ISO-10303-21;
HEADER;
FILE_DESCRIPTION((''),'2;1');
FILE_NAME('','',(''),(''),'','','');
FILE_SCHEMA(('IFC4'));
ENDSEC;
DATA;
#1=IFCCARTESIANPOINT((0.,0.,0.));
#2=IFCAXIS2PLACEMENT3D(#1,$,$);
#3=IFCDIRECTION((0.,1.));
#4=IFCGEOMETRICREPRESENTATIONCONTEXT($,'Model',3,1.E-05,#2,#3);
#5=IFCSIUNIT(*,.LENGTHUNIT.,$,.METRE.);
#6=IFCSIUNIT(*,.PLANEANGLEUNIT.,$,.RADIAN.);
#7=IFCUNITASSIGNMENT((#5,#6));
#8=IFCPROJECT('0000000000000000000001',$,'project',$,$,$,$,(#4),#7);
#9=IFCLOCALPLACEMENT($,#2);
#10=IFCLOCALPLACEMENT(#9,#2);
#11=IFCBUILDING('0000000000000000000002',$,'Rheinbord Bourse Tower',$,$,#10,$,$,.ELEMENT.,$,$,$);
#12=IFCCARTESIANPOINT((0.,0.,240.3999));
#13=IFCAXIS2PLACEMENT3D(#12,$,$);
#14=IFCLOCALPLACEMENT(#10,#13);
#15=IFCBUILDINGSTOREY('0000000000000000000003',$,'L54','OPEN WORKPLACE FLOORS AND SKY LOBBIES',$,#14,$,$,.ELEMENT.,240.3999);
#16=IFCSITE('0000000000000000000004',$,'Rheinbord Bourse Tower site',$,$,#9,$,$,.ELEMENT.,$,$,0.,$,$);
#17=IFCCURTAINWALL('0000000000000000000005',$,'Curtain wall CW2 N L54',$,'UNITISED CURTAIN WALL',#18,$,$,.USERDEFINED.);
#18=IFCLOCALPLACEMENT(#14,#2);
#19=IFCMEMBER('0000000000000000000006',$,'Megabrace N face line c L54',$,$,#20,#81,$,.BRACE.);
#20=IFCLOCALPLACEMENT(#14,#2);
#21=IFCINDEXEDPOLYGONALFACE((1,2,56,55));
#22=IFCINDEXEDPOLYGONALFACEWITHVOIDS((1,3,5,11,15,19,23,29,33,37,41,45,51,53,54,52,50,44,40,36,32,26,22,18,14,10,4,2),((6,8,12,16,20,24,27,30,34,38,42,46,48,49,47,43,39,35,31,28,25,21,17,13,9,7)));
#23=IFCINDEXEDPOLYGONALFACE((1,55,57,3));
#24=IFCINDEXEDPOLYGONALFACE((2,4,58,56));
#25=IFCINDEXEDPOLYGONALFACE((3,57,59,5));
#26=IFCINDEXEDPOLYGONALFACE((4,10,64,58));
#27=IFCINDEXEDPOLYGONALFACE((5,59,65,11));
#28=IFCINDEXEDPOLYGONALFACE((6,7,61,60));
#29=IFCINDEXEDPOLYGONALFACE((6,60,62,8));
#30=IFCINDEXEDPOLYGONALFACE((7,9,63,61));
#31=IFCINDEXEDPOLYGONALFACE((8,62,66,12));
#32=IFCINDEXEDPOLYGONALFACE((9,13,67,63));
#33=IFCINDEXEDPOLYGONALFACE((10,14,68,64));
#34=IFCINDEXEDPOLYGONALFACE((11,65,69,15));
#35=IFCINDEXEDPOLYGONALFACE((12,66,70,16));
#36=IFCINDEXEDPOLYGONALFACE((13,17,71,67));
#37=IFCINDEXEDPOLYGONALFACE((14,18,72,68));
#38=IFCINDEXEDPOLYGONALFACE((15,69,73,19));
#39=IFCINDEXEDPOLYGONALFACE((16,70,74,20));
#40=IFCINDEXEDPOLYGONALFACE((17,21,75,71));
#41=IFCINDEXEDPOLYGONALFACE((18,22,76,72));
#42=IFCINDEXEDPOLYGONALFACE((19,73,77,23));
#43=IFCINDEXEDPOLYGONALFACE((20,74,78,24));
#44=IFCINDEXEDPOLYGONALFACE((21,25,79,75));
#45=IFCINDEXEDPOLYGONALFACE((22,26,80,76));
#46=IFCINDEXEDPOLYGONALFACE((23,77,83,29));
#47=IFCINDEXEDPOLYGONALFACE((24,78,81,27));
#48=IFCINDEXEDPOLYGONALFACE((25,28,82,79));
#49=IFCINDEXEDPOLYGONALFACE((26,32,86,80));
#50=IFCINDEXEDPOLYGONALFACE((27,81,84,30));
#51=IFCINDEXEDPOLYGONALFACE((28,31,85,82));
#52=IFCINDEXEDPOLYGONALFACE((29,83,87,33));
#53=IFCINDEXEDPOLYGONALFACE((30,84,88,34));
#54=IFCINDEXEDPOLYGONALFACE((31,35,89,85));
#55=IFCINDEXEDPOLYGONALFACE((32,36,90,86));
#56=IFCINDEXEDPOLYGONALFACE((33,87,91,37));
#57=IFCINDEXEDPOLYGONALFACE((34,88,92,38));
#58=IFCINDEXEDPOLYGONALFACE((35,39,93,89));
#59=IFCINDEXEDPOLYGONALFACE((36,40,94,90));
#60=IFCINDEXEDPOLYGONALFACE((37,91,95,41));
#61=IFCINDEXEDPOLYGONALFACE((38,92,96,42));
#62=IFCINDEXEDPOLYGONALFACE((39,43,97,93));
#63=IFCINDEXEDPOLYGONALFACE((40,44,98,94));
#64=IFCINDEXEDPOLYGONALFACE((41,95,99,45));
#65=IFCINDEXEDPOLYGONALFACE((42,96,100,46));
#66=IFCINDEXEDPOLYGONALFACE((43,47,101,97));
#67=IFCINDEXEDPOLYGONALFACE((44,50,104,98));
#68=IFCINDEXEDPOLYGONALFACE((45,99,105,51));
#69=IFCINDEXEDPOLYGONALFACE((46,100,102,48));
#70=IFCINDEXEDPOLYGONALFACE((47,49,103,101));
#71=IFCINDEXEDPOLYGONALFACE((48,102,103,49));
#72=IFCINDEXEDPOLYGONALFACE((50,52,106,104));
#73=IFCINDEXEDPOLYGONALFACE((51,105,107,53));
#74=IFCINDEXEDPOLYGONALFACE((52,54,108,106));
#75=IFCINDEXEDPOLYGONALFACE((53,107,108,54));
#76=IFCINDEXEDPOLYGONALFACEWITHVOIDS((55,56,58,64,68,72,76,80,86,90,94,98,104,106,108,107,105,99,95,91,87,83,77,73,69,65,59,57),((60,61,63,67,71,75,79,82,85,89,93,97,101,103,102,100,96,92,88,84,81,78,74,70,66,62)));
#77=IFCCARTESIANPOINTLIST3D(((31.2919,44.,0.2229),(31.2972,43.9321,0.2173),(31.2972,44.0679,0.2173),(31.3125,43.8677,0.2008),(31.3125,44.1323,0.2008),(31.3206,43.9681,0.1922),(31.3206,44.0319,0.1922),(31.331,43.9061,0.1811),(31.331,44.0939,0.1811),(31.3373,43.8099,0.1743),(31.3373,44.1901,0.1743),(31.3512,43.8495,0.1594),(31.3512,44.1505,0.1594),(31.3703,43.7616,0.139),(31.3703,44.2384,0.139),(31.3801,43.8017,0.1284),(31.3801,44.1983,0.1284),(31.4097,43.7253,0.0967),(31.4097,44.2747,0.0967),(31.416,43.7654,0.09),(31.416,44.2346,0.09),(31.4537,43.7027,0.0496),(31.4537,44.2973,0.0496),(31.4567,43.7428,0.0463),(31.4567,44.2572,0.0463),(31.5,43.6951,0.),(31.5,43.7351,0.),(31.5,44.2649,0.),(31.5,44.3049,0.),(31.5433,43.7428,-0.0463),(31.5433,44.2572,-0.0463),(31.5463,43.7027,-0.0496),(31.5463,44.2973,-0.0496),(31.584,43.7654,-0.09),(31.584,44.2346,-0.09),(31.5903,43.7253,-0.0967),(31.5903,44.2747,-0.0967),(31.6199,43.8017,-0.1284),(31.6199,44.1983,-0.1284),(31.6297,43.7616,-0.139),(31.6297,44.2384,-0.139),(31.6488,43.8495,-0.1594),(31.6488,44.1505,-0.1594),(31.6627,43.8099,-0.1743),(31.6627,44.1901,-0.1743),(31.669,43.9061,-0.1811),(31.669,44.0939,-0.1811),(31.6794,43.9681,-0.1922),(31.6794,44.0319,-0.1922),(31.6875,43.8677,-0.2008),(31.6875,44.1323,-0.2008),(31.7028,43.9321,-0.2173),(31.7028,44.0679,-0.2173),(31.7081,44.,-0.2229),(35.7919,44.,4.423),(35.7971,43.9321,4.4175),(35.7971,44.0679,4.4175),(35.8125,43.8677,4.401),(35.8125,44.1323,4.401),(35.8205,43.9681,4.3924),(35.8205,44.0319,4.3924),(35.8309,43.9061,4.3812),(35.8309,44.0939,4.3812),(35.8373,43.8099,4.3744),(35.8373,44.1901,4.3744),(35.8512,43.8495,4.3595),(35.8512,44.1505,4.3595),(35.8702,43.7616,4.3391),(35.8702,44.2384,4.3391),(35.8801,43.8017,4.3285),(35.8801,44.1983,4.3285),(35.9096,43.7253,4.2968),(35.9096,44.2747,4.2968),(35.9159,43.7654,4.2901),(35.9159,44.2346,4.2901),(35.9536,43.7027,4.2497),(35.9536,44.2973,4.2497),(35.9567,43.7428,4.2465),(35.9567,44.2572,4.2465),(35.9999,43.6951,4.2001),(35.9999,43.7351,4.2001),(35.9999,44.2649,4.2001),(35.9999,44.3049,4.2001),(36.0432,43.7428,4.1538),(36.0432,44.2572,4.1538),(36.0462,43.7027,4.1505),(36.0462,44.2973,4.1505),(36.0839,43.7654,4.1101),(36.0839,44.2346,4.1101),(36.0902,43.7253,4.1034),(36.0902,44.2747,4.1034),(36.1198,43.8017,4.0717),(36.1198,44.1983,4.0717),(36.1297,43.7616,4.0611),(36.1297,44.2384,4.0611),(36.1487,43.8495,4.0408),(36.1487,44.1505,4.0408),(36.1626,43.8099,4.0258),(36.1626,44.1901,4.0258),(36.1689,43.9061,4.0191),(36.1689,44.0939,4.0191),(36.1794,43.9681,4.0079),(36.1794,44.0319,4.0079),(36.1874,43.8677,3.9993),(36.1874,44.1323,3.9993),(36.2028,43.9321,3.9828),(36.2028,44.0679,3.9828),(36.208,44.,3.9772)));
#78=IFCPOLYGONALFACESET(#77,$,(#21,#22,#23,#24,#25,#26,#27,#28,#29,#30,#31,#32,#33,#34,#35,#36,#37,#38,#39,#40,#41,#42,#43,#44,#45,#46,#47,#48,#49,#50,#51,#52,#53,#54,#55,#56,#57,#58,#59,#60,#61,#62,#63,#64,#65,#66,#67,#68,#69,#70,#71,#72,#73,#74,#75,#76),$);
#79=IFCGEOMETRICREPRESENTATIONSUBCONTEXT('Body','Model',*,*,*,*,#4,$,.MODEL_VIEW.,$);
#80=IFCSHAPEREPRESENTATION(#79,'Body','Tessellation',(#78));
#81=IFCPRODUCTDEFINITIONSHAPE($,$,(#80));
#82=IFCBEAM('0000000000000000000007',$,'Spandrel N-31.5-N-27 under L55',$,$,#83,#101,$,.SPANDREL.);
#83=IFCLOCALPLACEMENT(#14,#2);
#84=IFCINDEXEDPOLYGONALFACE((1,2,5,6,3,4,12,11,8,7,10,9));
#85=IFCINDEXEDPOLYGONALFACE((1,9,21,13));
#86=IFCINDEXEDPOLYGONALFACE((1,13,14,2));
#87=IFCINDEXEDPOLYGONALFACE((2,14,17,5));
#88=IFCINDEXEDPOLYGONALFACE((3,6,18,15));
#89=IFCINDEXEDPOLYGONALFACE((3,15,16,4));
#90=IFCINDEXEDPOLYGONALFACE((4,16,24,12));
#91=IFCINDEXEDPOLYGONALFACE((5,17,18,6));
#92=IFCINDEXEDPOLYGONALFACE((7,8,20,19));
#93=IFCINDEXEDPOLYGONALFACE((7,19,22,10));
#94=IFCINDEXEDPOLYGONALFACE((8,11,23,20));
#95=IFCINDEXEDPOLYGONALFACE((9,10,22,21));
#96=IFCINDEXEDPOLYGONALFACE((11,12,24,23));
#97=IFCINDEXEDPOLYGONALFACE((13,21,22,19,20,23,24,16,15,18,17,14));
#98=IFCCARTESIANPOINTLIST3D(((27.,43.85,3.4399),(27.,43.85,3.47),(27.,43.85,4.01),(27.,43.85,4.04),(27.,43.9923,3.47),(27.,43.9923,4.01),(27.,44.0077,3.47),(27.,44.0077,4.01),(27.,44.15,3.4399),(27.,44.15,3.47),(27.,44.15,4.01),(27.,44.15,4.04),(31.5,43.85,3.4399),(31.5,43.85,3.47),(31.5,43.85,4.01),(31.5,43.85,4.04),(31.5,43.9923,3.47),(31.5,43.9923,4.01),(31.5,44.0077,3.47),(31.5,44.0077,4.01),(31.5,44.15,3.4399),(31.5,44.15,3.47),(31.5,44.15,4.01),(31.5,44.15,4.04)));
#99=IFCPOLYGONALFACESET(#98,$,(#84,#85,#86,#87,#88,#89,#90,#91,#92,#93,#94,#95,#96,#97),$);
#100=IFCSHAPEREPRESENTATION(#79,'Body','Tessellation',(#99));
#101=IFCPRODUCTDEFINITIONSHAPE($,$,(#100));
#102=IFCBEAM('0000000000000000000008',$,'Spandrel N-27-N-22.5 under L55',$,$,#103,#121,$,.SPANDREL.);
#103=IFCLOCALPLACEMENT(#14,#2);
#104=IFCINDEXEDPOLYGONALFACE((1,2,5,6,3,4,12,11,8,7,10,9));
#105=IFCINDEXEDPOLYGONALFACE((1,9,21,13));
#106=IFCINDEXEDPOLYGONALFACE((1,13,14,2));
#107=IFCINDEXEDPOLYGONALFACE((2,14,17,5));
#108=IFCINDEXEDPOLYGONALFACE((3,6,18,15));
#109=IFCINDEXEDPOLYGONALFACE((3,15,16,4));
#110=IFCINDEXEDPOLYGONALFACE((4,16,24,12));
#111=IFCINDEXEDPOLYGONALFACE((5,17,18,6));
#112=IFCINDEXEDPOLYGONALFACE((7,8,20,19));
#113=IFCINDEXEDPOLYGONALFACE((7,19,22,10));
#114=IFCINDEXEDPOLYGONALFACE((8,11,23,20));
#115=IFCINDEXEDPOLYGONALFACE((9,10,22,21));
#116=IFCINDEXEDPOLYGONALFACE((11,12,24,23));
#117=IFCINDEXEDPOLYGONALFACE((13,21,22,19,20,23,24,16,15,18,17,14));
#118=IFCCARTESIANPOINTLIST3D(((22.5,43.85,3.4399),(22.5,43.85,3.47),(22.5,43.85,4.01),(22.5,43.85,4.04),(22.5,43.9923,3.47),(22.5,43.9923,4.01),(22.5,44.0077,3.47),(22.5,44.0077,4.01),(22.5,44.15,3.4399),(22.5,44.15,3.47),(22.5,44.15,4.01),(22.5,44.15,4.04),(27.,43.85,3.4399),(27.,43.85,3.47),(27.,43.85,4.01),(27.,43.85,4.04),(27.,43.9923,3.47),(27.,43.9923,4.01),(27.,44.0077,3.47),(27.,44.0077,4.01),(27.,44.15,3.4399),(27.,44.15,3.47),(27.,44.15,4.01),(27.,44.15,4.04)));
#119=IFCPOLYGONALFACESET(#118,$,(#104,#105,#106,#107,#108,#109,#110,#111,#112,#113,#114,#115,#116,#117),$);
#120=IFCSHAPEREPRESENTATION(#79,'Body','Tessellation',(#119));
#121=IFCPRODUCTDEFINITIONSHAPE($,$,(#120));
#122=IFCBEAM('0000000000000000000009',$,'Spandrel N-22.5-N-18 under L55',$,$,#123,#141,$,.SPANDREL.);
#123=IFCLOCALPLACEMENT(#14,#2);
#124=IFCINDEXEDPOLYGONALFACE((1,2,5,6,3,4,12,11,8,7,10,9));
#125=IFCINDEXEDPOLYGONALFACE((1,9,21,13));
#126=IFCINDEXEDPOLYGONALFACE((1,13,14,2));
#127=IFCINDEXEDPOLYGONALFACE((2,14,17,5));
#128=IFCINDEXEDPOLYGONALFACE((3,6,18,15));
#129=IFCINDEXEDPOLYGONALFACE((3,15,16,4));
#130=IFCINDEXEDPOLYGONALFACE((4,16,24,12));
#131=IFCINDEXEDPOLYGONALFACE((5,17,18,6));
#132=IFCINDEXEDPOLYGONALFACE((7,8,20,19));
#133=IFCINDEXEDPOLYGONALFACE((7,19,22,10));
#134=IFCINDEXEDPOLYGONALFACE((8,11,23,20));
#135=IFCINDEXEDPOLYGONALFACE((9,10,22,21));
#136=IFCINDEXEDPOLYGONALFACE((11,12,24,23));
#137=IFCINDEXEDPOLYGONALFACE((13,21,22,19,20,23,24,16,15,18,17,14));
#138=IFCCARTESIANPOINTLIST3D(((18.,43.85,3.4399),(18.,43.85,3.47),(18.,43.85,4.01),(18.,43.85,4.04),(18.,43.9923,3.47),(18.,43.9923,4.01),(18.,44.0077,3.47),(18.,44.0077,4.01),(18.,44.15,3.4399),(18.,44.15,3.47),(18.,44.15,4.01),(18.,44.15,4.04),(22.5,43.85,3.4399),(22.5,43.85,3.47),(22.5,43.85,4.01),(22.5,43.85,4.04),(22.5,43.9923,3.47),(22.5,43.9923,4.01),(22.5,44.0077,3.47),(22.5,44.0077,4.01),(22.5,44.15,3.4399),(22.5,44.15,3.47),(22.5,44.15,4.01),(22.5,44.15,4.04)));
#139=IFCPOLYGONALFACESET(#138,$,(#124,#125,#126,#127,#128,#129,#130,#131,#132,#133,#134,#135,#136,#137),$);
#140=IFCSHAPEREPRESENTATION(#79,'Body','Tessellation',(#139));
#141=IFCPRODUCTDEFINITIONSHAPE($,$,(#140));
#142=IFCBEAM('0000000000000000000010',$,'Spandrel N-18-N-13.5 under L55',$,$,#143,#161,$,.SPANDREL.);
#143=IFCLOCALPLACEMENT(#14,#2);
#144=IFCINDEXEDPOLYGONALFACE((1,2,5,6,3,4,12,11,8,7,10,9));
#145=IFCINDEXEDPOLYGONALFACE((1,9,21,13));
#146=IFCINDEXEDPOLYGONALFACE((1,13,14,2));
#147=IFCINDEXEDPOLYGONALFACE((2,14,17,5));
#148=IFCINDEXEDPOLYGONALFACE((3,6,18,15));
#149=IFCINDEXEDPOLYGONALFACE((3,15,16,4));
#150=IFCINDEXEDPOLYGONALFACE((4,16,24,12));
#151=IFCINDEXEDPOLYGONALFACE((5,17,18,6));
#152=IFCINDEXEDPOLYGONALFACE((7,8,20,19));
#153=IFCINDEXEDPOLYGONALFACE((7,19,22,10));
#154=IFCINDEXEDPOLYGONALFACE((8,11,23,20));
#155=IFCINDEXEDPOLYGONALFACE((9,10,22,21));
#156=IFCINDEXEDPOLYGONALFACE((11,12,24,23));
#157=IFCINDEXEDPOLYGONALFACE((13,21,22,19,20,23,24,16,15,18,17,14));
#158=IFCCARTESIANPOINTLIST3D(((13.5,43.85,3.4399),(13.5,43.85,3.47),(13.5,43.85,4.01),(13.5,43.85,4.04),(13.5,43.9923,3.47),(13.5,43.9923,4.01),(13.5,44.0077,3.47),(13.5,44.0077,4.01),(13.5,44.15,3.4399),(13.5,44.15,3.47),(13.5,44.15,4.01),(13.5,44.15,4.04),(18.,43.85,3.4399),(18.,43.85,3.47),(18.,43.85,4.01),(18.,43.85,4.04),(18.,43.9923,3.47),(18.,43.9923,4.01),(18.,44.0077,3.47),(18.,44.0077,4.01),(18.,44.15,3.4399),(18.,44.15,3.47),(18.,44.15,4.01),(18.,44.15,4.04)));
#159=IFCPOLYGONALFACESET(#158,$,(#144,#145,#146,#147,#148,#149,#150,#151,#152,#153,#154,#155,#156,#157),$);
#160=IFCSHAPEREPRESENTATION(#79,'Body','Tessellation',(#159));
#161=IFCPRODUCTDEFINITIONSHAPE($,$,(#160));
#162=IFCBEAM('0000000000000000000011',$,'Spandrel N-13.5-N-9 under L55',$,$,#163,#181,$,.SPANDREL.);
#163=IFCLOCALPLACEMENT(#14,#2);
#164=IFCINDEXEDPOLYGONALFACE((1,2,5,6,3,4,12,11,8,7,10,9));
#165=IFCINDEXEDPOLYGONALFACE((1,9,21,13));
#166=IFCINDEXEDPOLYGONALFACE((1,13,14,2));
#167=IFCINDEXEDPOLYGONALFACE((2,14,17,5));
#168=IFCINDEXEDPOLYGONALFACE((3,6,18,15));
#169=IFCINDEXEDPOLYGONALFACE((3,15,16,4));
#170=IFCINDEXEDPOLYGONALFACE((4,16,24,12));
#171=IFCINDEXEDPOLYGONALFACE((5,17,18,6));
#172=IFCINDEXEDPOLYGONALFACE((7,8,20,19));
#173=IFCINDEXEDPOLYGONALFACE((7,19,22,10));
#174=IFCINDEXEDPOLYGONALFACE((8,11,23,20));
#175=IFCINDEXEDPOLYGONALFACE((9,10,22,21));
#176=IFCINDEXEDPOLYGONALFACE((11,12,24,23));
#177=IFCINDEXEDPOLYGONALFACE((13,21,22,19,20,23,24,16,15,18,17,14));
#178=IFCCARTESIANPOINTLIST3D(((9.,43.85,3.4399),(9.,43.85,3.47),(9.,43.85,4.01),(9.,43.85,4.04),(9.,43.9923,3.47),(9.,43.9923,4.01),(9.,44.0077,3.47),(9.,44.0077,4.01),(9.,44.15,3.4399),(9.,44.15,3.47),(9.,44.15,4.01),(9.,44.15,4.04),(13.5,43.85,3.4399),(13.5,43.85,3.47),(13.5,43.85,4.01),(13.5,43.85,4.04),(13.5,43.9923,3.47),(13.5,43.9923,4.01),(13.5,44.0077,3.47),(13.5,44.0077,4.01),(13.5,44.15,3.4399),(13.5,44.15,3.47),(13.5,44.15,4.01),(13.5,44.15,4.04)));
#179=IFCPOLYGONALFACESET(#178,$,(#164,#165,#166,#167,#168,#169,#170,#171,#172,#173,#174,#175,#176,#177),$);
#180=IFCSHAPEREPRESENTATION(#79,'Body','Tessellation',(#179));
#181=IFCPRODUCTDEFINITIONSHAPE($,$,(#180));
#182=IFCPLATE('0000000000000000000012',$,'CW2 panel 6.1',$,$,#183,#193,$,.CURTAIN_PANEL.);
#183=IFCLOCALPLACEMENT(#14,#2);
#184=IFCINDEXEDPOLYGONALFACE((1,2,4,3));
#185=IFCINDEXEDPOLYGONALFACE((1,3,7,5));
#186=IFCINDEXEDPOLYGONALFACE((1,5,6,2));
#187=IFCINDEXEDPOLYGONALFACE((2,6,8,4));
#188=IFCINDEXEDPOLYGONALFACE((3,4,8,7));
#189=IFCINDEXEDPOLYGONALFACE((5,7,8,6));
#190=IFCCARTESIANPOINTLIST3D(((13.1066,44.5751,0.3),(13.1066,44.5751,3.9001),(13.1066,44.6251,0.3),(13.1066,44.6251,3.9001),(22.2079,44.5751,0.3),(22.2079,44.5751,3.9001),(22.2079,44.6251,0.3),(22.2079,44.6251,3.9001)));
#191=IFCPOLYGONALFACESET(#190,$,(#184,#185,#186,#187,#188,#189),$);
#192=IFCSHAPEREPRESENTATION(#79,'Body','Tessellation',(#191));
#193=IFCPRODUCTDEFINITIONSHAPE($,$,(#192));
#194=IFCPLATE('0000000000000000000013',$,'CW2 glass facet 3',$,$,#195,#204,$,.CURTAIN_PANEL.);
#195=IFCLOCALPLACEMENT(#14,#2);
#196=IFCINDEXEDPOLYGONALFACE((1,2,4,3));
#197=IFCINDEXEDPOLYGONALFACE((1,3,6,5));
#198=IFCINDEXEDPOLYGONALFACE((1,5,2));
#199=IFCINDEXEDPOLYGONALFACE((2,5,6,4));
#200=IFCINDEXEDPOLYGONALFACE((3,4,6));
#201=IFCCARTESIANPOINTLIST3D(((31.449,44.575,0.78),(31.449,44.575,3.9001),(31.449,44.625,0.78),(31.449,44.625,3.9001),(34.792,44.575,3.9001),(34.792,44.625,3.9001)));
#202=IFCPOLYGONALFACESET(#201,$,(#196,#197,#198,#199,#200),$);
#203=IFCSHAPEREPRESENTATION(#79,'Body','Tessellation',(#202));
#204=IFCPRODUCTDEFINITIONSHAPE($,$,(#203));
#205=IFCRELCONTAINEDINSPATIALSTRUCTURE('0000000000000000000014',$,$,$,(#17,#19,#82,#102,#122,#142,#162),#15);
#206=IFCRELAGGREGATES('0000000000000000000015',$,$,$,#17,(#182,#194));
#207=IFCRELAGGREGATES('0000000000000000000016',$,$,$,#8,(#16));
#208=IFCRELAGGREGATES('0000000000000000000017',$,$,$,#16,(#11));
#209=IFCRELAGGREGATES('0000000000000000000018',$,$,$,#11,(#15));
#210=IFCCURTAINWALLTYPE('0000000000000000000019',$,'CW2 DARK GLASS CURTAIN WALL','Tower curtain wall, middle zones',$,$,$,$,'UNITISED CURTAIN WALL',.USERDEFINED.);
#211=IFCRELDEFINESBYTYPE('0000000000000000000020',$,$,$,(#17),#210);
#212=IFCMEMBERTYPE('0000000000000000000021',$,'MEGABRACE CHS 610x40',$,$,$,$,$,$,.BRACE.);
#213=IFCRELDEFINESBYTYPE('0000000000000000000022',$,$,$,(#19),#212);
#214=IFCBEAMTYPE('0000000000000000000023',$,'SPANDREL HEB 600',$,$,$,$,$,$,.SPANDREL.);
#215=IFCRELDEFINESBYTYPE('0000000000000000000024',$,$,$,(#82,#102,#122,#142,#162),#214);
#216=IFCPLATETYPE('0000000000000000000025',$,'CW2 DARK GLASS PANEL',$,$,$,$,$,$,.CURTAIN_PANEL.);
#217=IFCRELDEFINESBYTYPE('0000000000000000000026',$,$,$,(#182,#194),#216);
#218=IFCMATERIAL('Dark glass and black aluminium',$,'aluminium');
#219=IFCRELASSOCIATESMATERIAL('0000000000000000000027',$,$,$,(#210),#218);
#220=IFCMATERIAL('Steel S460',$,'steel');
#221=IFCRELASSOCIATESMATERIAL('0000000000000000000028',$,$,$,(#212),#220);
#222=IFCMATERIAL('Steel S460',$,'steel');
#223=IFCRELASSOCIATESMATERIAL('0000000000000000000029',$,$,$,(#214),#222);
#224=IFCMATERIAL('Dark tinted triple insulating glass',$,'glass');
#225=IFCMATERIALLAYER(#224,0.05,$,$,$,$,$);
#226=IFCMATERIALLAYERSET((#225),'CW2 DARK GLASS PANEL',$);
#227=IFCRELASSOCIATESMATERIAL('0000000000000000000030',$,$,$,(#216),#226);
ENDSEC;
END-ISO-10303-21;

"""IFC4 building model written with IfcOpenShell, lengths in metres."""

from ifc_helpers import new_model, si_unit, direction, frame, origin, origin_2d, place, context, subcontext, project, spatial, polyline, rectangle, hollow_circle, i_section, outline, extrude, material, layer, layer_set, material_profile, profile_set, type_object, element, aggregate, save


model = new_model("IFC4")

# Units and contexts
model_context = context("Model", 3, precision=1e-05, world=origin(), true_north=direction((0.0, 1.0)))
body_context = subcontext(model_context, "Body", "Model", "MODEL_VIEW")
ifc_project = project(units=[si_unit("LENGTHUNIT", "METRE"), si_unit("PLANEANGLEUNIT", "RADIAN")], contexts=[model_context])

# Site, building, storey
site_placement = place(None, origin())
site = spatial("IfcSite", under=ifc_project, at=site_placement, Name="Rheinbord Bourse Tower site", CompositionType="ELEMENT", RefElevation=0.0)
building_placement = place(site_placement, origin())
building = spatial("IfcBuilding", under=site, at=building_placement, Name="Rheinbord Bourse Tower", CompositionType="ELEMENT")
storey_placement = place(building_placement, frame((0.0, 0.0, 240.3999)))
storey = spatial("IfcBuildingStorey", under=building, at=storey_placement, Name="L54", Description="OPEN WORKPLACE FLOORS AND SKY LOBBIES", CompositionType="ELEMENT", Elevation=240.3999)

# Curtain wall
ifc_material_1 = material(Name="Dark glass and black aluminium", Category="aluminium")
curtain_wall_type = type_object("IfcCurtainWallType", Name="CW2 DARK GLASS CURTAIN WALL", Description="Tower curtain wall, middle zones", ElementType="UNITISED CURTAIN WALL", PredefinedType="USERDEFINED", material=ifc_material_1)
curtain_wall_placement = place(storey_placement, origin())
curtain_wall = element("IfcCurtainWall", 1, at=curtain_wall_placement, inside=storey, type_object=curtain_wall_type, Name="Curtain wall CW2 N L54", ObjectType="UNITISED CURTAIN WALL", PredefinedType="USERDEFINED")

# Member
ifc_material_2 = material(Name="Steel S460", Category="steel")
ifc_material_profile_1 = material_profile(ifc_material_2, hollow_circle(Radius=0.3049, WallThickness=0.04, at=origin_2d()), Name="CHS 610x40")
ifc_profile_set_1 = profile_set([ifc_material_profile_1], Name="Steel S460")
member_type_1 = type_object("IfcMemberType", Name="MEGABRACE CHS 610x40", PredefinedType="BRACE", material=ifc_profile_set_1)
member_1_placement = place(storey_placement, frame((31.5, 44.0, 0.0), z_axis=(0.731039, 0.0, 0.682335), x_axis=(0.0, 1.0, 0.0)))
element("IfcMember", 2, at=member_1_placement, inside=storey, type_object=member_type_1, Name="Megabrace N face line c L54", PredefinedType="BRACE", context=body_context, shape_type="SweptSolid", body=[
    extrude(hollow_circle(Radius=0.3049, WallThickness=0.04, at=origin_2d()), origin(), (0.0, 0.0, 1.0), 6.1555),
])

# Beams
ifc_material_3 = material(Name="Steel S460", Category="steel")
ifc_material_profile_2 = material_profile(ifc_material_3, i_section(OverallWidth=0.3, OverallDepth=0.6001, WebThickness=0.0154, FlangeThickness=0.03, at=origin_2d()), Name="HEB 600")
ifc_profile_set_2 = profile_set([ifc_material_profile_2], Name="Steel S460")
beam_type_1 = type_object("IfcBeamType", Name="SPANDREL HEB 600", PredefinedType="SPANDREL", material=ifc_profile_set_2)
for number, where, z_axis, x_axis, name in (
    (3, (31.5, 44.0, 3.74), (-1.0, 0.0, 0.0), (0.0, -1.0, 0.0), "Spandrel N-31.5-N-27 under L55"),
    (4, (27.0, 44.0, 3.74), (-1.0, 0.0, 0.0), (0.0, -1.0, 0.0), "Spandrel N-27-N-22.5 under L55"),
    (5, (22.5, 44.0, 3.74), (-1.0, 0.0, 0.0), (0.0, -1.0, 0.0), "Spandrel N-22.5-N-18 under L55"),
    (6, (18.0, 44.0, 3.74), (-1.0, 0.0, 0.0), (0.0, -1.0, 0.0), "Spandrel N-18-N-13.5 under L55"),
    (7, (13.5, 44.0, 3.74), (-1.0, 0.0, 0.0), (0.0, -1.0, 0.0), "Spandrel N-13.5-N-9 under L55"),
):
    element("IfcBeam", number, at=place(storey_placement, frame(where, z_axis=z_axis, x_axis=x_axis)), inside=storey, type_object=beam_type_1, Name=name, PredefinedType="SPANDREL", context=body_context, shape_type="SweptSolid", body=[
        extrude(i_section(OverallWidth=0.3, OverallDepth=0.6001, WebThickness=0.0154, FlangeThickness=0.03, at=origin_2d()), origin(), (0.0, 0.0, 1.0), 4.5),
    ])

# Plates
ifc_material_4 = material(Name="Dark tinted triple insulating glass", Category="glass")
ifc_layer_1 = layer(ifc_material_4, 0.05)
ifc_layer_set_1 = layer_set([ifc_layer_1], Name="CW2 DARK GLASS PANEL")
plate_type = type_object("IfcPlateType", Name="CW2 DARK GLASS PANEL", PredefinedType="CURTAIN_PANEL", material=ifc_layer_set_1)
plate_1_placement = place(storey_placement, frame((17.6572, 44.6001, 0.3), z_axis=(0.0, 0.0, 1.0), x_axis=(-1.0, 0.0, 0.0)))
plate_1 = element("IfcPlate", 8, at=plate_1_placement, type_object=plate_type, Name="CW2 panel 6.1", PredefinedType="CURTAIN_PANEL", context=body_context, shape_type="SweptSolid", body=[
    extrude(rectangle(XDim=9.1013, YDim=0.05, at=origin_2d()), origin(), (0.0, 0.0, 1.0), 3.6001),
])
plate_2_placement = place(storey_placement, frame((31.449, 44.625, 3.9001), z_axis=(0.0, -1.0, 0.0), x_axis=(0.0, 0.0, -1.0)))
plate_2 = element("IfcPlate", 9, at=plate_2_placement, type_object=plate_type, Name="CW2 glass facet 3", PredefinedType="CURTAIN_PANEL", context=body_context, shape_type="SweptSolid", body=[
    extrude(outline(polyline([(0.0, 0.0), (3.1201, 0.0), (0.0, 3.343), (0.0, 0.0)])), origin(), (0.0, 0.0, 1.0), 0.05),
])
aggregate(curtain_wall, [plate_1, plate_2])

save(model, "model.ifc")
